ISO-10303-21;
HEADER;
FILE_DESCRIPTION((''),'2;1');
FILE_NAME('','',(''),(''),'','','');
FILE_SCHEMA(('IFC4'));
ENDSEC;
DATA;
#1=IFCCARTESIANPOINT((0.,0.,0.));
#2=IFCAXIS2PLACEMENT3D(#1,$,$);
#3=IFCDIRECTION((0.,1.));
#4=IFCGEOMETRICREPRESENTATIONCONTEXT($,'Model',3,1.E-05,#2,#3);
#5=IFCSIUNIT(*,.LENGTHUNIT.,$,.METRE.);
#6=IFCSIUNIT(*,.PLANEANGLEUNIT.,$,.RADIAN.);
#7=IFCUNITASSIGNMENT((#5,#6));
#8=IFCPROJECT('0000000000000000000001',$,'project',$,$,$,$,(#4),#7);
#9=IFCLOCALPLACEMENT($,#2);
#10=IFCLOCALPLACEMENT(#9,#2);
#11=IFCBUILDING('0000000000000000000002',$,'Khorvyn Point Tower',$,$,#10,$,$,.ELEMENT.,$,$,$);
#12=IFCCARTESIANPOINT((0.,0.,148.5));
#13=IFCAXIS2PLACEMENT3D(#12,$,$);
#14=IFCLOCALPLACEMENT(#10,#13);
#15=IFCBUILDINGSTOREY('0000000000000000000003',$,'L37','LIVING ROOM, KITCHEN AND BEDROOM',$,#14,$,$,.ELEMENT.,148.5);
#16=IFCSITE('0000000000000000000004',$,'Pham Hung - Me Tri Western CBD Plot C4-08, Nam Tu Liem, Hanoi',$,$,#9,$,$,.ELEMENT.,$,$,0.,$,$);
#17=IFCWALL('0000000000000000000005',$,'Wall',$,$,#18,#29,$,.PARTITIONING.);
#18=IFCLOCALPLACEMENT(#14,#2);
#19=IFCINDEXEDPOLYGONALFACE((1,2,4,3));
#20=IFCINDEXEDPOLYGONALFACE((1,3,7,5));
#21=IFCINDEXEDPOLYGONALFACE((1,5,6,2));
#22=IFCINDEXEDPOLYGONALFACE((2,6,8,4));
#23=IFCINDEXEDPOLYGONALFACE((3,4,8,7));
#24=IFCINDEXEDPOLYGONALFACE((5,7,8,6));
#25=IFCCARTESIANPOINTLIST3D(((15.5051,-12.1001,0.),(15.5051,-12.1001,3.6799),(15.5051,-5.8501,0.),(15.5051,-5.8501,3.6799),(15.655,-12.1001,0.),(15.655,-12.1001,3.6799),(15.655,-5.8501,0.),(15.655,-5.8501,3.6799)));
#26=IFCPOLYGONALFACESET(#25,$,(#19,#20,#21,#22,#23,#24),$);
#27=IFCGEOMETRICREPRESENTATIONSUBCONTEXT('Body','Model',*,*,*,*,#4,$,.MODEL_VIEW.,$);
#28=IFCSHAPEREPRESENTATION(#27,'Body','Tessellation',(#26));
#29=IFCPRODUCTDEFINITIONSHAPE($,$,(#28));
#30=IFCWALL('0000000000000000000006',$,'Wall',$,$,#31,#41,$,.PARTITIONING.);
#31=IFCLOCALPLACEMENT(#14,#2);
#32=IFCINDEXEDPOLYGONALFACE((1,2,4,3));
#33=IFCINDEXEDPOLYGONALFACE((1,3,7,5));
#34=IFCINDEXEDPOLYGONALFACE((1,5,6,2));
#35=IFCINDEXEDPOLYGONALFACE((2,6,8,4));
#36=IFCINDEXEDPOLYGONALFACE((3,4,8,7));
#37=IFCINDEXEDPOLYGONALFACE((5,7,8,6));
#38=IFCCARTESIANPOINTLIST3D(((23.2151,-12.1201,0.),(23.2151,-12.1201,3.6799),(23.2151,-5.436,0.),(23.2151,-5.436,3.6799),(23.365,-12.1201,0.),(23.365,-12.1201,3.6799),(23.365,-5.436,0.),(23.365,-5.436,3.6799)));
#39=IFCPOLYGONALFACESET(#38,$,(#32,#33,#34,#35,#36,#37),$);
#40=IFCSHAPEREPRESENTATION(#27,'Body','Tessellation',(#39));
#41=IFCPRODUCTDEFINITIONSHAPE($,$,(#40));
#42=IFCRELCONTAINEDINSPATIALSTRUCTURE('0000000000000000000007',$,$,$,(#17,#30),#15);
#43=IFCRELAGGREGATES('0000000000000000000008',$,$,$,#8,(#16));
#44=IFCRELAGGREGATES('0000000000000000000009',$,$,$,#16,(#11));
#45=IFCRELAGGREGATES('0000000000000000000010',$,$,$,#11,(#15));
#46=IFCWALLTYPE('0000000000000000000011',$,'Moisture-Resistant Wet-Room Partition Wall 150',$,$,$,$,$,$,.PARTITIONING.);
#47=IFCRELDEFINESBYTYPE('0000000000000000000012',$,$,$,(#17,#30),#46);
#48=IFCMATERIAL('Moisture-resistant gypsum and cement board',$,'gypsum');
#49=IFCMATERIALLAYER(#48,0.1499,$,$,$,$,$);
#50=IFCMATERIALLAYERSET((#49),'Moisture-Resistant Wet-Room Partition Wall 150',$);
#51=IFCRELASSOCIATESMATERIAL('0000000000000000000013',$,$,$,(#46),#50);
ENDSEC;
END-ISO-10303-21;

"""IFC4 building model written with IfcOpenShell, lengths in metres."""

from ifc_helpers import new_model, si_unit, direction, frame, frame_2d, origin, place, context, subcontext, project, spatial, rectangle, extrude, material, layer, layer_set, type_object, element, save


model = new_model("IFC4")

# Units and contexts
model_context = context("Model", 3, precision=1e-05, world=origin(), true_north=direction((0.0, 1.0)))
body_context = subcontext(model_context, "Body", "Model", "MODEL_VIEW")
ifc_project = project(units=[si_unit("LENGTHUNIT", "METRE"), si_unit("PLANEANGLEUNIT", "RADIAN")], contexts=[model_context])

# Site, building, storey
site_placement = place(None, origin())
site = spatial("IfcSite", under=ifc_project, at=site_placement, Name="Pham Hung - Me Tri Western CBD Plot C4-08, Nam Tu Liem, Hanoi", CompositionType="ELEMENT", RefElevation=0.0)
building_placement = place(site_placement, origin())
building = spatial("IfcBuilding", under=site, at=building_placement, Name="Khorvyn Point Tower", CompositionType="ELEMENT")
storey_placement = place(building_placement, frame((0.0, 0.0, 148.5)))
storey = spatial("IfcBuildingStorey", under=building, at=storey_placement, Name="L37", Description="LIVING ROOM, KITCHEN AND BEDROOM", CompositionType="ELEMENT", Elevation=148.5)

# Shared definitions
ifc_material_1 = material(Name="Moisture-resistant gypsum and cement board", Category="gypsum")
ifc_layer_1 = layer(ifc_material_1, 0.1499)
ifc_layer_set_1 = layer_set([ifc_layer_1], Name="Moisture-Resistant Wet-Room Partition Wall 150")
wall_type_1 = type_object("IfcWallType", Name="Moisture-Resistant Wet-Room Partition Wall 150", PredefinedType="PARTITIONING", material=ifc_layer_set_1)

# Walls
wall_1_placement = place(storey_placement, frame((15.5801, -12.1001, 0.0), z_axis=(0.0, 0.0, 1.0), x_axis=(0.0, 1.0, 0.0)))
element("IfcWall", 1, at=wall_1_placement, inside=storey, type_object=wall_type_1, Name="Wall", PredefinedType="PARTITIONING", context=body_context, shape_type="SweptSolid", body=[
    extrude(rectangle(XDim=6.25, YDim=0.1499, at=frame_2d((3.125, 0.0))), origin(), (0.0, 0.0, 1.0), 3.6799),
])
wall_2_placement = place(storey_placement, frame((23.29, -12.1201, 0.0), z_axis=(0.0, 0.0, 1.0), x_axis=(0.0, 1.0, 0.0)))
element("IfcWall", 2, at=wall_2_placement, inside=storey, type_object=wall_type_1, Name="Wall", PredefinedType="PARTITIONING", context=body_context, shape_type="SweptSolid", body=[
    extrude(rectangle(XDim=6.6841, YDim=0.1499, at=frame_2d((3.342, 0.0))), origin(), (0.0, 0.0, 1.0), 3.6799),
])

save(model, "model.ifc")
